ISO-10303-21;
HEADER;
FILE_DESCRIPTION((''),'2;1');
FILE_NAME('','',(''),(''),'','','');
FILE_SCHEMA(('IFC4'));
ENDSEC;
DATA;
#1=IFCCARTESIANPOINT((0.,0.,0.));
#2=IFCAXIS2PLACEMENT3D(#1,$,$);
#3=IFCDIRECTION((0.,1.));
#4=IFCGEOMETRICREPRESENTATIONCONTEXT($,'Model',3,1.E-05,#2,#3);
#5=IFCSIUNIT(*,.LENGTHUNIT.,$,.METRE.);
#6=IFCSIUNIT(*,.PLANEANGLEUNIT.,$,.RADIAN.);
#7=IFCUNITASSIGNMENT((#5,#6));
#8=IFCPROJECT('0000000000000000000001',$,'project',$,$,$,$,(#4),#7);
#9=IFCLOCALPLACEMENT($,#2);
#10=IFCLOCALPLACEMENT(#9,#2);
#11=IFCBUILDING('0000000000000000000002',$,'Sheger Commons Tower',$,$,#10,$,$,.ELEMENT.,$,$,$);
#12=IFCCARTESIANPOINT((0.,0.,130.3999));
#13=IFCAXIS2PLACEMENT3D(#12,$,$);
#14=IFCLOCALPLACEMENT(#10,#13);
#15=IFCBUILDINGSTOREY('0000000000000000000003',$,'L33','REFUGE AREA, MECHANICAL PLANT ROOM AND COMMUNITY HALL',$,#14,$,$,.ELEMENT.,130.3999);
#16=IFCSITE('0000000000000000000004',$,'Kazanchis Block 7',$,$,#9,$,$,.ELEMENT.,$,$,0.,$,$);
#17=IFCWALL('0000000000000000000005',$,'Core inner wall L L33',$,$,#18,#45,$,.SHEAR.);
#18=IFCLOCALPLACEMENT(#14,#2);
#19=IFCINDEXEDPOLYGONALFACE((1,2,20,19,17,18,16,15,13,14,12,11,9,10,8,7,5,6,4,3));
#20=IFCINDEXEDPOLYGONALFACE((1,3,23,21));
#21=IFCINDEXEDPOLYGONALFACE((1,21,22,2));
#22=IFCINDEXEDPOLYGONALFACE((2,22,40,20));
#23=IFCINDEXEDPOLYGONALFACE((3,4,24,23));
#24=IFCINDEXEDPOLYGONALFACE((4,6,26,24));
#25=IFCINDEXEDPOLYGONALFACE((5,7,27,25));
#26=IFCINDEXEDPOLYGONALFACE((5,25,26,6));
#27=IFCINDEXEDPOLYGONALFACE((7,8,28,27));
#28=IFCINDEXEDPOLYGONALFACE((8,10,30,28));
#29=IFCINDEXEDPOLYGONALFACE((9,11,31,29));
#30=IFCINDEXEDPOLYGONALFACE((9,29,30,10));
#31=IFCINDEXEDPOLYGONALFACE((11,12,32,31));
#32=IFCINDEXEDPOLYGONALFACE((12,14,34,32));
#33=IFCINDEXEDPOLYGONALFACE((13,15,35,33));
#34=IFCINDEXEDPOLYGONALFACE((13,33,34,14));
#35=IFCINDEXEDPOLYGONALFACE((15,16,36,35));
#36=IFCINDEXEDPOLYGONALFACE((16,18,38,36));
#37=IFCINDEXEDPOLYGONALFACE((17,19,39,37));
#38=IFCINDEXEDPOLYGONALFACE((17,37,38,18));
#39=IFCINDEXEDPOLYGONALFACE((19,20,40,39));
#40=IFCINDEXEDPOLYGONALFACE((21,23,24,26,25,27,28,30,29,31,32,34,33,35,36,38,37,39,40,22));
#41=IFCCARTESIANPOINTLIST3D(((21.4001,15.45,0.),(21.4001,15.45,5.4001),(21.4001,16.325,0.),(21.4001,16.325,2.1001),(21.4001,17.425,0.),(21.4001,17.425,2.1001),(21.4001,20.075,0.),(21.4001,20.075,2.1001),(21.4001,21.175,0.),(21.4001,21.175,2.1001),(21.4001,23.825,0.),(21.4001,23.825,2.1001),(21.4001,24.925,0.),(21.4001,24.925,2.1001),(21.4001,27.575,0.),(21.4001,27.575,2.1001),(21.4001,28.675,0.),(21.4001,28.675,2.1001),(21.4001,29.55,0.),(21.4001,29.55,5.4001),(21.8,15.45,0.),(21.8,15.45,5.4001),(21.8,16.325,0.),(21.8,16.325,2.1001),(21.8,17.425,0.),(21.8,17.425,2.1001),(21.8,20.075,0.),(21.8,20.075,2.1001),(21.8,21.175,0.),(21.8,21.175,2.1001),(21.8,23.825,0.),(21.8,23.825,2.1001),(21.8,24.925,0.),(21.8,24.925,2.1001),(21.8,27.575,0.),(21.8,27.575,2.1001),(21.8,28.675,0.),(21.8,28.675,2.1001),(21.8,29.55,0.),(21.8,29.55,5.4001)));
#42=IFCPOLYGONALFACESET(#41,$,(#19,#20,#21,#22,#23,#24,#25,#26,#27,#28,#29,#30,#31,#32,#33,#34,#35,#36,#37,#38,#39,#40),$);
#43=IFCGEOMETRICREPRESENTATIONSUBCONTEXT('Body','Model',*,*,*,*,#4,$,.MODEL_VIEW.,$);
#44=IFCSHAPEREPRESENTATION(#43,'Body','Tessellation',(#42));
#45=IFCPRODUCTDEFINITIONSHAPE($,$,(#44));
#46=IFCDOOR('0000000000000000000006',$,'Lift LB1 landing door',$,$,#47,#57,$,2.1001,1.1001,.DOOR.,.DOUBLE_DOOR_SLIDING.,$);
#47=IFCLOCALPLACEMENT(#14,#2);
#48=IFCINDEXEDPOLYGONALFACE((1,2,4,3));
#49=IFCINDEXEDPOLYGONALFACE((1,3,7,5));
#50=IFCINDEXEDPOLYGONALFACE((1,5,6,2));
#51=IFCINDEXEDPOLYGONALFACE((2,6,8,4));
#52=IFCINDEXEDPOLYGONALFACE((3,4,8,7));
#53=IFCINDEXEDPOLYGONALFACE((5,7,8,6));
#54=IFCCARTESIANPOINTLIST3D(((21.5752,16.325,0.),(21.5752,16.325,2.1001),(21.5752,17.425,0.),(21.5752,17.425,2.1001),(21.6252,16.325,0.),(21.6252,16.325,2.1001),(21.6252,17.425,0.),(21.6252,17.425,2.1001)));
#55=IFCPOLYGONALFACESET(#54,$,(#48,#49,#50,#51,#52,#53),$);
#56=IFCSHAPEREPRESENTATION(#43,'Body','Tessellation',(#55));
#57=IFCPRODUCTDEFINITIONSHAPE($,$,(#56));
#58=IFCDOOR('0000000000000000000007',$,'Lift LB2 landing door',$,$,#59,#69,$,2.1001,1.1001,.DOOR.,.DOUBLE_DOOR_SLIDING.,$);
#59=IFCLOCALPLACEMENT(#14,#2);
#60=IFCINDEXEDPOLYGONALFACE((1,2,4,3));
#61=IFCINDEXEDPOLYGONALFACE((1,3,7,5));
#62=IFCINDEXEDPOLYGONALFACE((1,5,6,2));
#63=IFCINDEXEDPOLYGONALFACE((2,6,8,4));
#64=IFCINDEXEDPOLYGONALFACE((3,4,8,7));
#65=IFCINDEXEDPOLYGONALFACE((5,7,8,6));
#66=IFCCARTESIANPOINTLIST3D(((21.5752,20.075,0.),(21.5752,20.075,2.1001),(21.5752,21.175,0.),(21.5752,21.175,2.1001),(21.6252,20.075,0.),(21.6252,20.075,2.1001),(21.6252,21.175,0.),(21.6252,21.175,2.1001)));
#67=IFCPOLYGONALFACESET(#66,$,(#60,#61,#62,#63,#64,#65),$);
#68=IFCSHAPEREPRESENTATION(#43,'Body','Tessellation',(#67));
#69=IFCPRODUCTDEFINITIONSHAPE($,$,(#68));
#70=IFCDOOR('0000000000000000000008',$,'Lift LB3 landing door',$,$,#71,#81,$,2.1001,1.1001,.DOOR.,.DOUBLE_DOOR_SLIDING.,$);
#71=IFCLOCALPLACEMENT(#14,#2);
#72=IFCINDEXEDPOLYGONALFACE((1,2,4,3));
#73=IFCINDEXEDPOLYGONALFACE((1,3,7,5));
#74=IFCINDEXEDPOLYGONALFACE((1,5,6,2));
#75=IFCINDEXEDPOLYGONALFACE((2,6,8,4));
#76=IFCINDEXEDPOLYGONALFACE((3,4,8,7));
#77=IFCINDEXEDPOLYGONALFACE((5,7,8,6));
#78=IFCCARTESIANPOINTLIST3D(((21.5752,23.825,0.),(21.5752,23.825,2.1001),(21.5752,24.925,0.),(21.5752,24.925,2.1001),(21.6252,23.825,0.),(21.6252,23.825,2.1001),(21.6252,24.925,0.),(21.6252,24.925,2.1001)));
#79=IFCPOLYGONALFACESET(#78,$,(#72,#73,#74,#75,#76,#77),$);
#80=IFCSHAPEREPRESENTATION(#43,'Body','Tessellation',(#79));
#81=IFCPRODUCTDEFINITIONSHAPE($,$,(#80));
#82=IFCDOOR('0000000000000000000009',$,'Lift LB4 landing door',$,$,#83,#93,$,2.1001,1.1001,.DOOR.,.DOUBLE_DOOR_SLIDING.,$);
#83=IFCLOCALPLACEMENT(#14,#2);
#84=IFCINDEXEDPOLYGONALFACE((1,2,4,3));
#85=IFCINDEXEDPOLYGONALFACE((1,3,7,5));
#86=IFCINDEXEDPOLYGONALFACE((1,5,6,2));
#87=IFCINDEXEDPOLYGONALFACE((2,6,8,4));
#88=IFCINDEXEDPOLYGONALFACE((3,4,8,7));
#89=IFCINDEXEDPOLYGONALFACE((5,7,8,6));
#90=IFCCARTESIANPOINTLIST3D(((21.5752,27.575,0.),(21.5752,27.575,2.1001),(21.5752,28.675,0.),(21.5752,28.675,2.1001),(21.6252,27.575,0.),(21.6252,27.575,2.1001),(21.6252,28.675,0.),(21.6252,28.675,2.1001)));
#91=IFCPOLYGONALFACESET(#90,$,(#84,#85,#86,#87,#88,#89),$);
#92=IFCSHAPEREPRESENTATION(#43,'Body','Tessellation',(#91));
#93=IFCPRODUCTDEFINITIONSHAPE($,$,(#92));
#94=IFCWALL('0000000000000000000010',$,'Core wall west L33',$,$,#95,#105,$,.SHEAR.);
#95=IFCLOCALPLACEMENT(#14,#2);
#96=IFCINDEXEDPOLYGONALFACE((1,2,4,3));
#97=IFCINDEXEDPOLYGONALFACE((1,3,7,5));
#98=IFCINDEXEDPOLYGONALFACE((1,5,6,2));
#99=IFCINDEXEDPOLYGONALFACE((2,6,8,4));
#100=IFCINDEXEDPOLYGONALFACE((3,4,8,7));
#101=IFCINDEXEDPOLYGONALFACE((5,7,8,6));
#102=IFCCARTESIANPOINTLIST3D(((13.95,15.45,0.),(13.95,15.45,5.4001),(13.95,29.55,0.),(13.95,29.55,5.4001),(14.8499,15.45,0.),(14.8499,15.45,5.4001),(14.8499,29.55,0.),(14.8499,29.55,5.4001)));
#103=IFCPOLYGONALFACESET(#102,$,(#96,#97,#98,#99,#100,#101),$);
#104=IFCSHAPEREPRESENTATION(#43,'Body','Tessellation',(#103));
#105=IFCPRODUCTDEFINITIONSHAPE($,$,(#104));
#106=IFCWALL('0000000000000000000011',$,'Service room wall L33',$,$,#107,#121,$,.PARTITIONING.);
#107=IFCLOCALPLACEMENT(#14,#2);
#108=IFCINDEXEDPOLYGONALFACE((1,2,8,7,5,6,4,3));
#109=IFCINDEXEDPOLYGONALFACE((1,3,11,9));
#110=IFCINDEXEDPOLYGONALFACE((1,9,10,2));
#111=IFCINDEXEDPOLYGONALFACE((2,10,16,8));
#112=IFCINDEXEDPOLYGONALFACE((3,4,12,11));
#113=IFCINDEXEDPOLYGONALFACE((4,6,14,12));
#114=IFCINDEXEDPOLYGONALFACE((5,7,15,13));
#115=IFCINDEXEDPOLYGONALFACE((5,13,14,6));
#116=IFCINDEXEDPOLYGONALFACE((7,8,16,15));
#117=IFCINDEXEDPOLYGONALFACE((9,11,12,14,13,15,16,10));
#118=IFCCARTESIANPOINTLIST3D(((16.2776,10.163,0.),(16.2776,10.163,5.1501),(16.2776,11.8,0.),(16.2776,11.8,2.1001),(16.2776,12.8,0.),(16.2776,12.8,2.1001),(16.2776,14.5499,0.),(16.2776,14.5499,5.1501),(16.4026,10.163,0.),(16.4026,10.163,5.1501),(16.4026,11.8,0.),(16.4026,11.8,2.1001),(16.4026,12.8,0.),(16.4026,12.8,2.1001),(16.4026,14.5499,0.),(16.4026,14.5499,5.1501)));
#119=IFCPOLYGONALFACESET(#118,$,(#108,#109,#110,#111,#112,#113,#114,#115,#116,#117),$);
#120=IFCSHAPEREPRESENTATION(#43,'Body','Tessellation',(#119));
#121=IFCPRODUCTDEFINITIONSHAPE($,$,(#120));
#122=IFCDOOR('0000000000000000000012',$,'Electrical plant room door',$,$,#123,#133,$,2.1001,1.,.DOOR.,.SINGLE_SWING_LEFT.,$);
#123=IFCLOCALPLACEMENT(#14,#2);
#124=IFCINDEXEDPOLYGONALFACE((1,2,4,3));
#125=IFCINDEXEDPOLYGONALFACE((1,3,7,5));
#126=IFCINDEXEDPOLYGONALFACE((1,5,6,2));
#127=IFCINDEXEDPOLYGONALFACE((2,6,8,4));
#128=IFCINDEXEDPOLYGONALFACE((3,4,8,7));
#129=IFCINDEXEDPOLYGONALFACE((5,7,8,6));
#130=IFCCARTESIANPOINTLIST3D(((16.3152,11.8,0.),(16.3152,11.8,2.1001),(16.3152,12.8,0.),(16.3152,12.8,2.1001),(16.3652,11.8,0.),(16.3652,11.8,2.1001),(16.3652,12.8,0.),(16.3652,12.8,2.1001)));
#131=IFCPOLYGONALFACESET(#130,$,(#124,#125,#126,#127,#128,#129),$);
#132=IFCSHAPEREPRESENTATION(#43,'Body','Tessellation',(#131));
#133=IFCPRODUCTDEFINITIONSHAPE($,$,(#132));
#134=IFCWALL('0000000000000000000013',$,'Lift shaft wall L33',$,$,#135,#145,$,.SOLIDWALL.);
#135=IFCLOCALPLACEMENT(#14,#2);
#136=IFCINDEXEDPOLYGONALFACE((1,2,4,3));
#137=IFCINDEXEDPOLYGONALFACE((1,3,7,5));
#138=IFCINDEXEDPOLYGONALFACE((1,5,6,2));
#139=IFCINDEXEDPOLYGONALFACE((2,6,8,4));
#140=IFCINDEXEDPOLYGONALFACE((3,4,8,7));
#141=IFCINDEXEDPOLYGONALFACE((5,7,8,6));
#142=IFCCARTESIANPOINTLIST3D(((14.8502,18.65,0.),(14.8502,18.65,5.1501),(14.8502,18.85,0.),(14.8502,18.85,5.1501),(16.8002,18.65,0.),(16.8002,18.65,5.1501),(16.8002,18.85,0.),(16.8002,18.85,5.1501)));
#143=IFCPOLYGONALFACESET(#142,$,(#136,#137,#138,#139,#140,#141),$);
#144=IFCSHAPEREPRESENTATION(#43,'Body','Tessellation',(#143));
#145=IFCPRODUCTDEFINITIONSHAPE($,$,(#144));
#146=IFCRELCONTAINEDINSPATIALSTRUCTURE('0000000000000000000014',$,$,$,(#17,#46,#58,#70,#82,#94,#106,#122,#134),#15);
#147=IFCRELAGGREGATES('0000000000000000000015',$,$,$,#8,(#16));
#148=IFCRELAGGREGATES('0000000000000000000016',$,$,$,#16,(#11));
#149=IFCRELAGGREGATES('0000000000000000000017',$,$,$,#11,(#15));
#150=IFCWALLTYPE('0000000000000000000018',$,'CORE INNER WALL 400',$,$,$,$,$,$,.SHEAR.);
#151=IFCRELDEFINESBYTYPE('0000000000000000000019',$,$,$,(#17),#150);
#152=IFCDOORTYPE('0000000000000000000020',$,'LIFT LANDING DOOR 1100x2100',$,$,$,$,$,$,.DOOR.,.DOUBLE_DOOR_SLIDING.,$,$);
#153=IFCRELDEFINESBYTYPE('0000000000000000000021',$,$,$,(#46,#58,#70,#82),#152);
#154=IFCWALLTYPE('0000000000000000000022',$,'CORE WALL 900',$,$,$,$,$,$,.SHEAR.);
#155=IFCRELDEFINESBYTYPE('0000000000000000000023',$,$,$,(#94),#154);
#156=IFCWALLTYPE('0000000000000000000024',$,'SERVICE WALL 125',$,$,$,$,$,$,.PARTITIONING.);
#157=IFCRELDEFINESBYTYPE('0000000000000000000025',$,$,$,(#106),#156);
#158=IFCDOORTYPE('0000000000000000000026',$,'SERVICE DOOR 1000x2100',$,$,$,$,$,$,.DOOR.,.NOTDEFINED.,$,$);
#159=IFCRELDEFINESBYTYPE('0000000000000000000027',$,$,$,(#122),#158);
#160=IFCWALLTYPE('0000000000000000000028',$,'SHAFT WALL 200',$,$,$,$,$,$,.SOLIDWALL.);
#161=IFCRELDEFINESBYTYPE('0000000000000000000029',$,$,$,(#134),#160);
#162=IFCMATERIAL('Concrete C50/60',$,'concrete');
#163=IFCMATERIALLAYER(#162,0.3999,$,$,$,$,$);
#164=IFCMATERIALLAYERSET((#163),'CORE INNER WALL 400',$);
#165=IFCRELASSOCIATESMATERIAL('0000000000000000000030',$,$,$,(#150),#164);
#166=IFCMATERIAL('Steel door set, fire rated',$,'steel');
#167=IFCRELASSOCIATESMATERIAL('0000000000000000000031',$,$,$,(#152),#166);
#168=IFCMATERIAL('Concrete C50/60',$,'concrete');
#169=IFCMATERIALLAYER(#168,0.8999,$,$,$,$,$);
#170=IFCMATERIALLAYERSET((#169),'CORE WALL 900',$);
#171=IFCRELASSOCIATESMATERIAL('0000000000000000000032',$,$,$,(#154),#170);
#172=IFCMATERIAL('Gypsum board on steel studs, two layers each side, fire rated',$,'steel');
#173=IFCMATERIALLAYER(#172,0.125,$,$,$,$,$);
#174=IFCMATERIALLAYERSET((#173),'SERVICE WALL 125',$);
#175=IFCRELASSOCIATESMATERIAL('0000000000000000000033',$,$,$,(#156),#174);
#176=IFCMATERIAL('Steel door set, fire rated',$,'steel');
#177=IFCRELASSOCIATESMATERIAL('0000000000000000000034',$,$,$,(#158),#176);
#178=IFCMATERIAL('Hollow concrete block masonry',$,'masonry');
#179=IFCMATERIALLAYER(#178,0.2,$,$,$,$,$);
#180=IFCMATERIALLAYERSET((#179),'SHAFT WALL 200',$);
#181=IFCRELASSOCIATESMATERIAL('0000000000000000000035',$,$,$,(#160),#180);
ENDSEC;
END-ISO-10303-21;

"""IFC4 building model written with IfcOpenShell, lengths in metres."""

from ifc_helpers import new_model, si_unit, direction, frame, frame_2d, origin, place, context, subcontext, project, spatial, rectangle, extrude, material, layer, layer_set, type_object, element, fill, save


model = new_model("IFC4")

# Units and contexts
model_context = context("Model", 3, precision=1e-05, world=origin(), true_north=direction((0.0, 1.0)))
body_context = subcontext(model_context, "Body", "Model", "MODEL_VIEW")
ifc_project = project(units=[si_unit("LENGTHUNIT", "METRE"), si_unit("PLANEANGLEUNIT", "RADIAN")], contexts=[model_context])

# Site, building, storey
site_placement = place(None, origin())
site = spatial("IfcSite", under=ifc_project, at=site_placement, Name="Kazanchis Block 7", CompositionType="ELEMENT", RefElevation=0.0)
building_placement = place(site_placement, origin())
building = spatial("IfcBuilding", under=site, at=building_placement, Name="Sheger Commons Tower", CompositionType="ELEMENT")
storey_placement = place(building_placement, frame((0.0, 0.0, 130.3999)))
storey = spatial("IfcBuildingStorey", under=building, at=storey_placement, Name="L33", Description="REFUGE AREA, MECHANICAL PLANT ROOM AND COMMUNITY HALL", CompositionType="ELEMENT", Elevation=130.3999)

# Wall, openings, doors
ifc_material_1 = material(Name="Concrete C50/60", Category="concrete")
ifc_layer_1 = layer(ifc_material_1, 0.3999)
ifc_layer_set_1 = layer_set([ifc_layer_1], Name="CORE INNER WALL 400")
wall_type_1 = type_object("IfcWallType", Name="CORE INNER WALL 400", PredefinedType="SHEAR", material=ifc_layer_set_1)
ifc_material_2 = material(Name="Steel door set, fire rated", Category="steel")
door_type_1 = type_object("IfcDoorType", Name="LIFT LANDING DOOR 1100x2100", OperationType="DOUBLE_DOOR_SLIDING", PredefinedType="DOOR", material=ifc_material_2)
wall_1_placement = place(storey_placement, frame((21.6001, 15.45, 0.0), z_axis=(0.0, 0.0, 1.0), x_axis=(0.0, 1.0, 0.0)))
wall_1 = element("IfcWall", 1, at=wall_1_placement, inside=storey, type_object=wall_type_1, Name="Core inner wall L L33", PredefinedType="SHEAR", context=body_context, shape_type="SweptSolid", body=[
    extrude(rectangle(XDim=14.1001, YDim=0.3999, at=frame_2d((7.05, 0.0))), origin(), (0.0, 0.0, 1.0), 5.4001),
])
opening_1_placement = place(wall_1_placement, frame((0.875, 0.0, 0.0)))
opening_1 = element("IfcOpeningElement", 2, at=opening_1_placement, cuts=wall_1, PredefinedType="OPENING", context=body_context, shape_type="SweptSolid", body=[
    extrude(rectangle(XDim=1.1001, YDim=2.1001, at=frame_2d((0.55, 1.05))), frame((0.0, 0.21, 0.0), z_axis=(0.0, -1.0, 0.0), x_axis=(1.0, 0.0, 0.0)), (0.0, 0.0, 1.0), 0.4199),
])
opening_2_placement = place(wall_1_placement, frame((4.625, 0.0, 0.0)))
opening_2 = element("IfcOpeningElement", 3, at=opening_2_placement, cuts=wall_1, PredefinedType="OPENING", context=body_context, shape_type="SweptSolid", body=[
    extrude(rectangle(XDim=1.1001, YDim=2.1001, at=frame_2d((0.55, 1.05))), frame((0.0, 0.21, 0.0), z_axis=(0.0, -1.0, 0.0), x_axis=(1.0, 0.0, 0.0)), (0.0, 0.0, 1.0), 0.4199),
])
opening_3_placement = place(wall_1_placement, frame((8.375, 0.0, 0.0)))
opening_3 = element("IfcOpeningElement", 4, at=opening_3_placement, cuts=wall_1, PredefinedType="OPENING", context=body_context, shape_type="SweptSolid", body=[
    extrude(rectangle(XDim=1.1001, YDim=2.1001, at=frame_2d((0.55, 1.05))), frame((0.0, 0.21, 0.0), z_axis=(0.0, -1.0, 0.0), x_axis=(1.0, 0.0, 0.0)), (0.0, 0.0, 1.0), 0.4199),
])
opening_4_placement = place(wall_1_placement, frame((12.125, 0.0, 0.0)))
opening_4 = element("IfcOpeningElement", 5, at=opening_4_placement, cuts=wall_1, PredefinedType="OPENING", context=body_context, shape_type="SweptSolid", body=[
    extrude(rectangle(XDim=1.1001, YDim=2.1001, at=frame_2d((0.55, 1.05))), frame((0.0, 0.21, 0.0), z_axis=(0.0, -1.0, 0.0), x_axis=(1.0, 0.0, 0.0)), (0.0, 0.0, 1.0), 0.4199),
])
door_1_placement = place(opening_1_placement, origin())
door_1 = element("IfcDoor", 6, at=door_1_placement, inside=storey, type_object=door_type_1, Name="Lift LB1 landing door", OperationType="DOUBLE_DOOR_SLIDING", OverallHeight=2.1001, OverallWidth=1.1001, PredefinedType="DOOR", context=body_context, shape_type="SweptSolid", body=[
    extrude(rectangle(XDim=1.1001, YDim=2.1001, at=frame_2d((0.55, 1.05))), frame((0.0, 0.0249, 0.0), z_axis=(0.0, -1.0, 0.0), x_axis=(1.0, 0.0, 0.0)), (0.0, 0.0, 1.0), 0.05),
])
fill(opening_1, door_1)
door_2_placement = place(opening_2_placement, origin())
door_2 = element("IfcDoor", 7, at=door_2_placement, inside=storey, type_object=door_type_1, Name="Lift LB2 landing door", OperationType="DOUBLE_DOOR_SLIDING", OverallHeight=2.1001, OverallWidth=1.1001, PredefinedType="DOOR", context=body_context, shape_type="SweptSolid", body=[
    extrude(rectangle(XDim=1.1001, YDim=2.1001, at=frame_2d((0.55, 1.05))), frame((0.0, 0.0249, 0.0), z_axis=(0.0, -1.0, 0.0), x_axis=(1.0, 0.0, 0.0)), (0.0, 0.0, 1.0), 0.05),
])
fill(opening_2, door_2)
door_3_placement = place(opening_3_placement, origin())
door_3 = element("IfcDoor", 8, at=door_3_placement, inside=storey, type_object=door_type_1, Name="Lift LB3 landing door", OperationType="DOUBLE_DOOR_SLIDING", OverallHeight=2.1001, OverallWidth=1.1001, PredefinedType="DOOR", context=body_context, shape_type="SweptSolid", body=[
    extrude(rectangle(XDim=1.1001, YDim=2.1001, at=frame_2d((0.55, 1.05))), frame((0.0, 0.0249, 0.0), z_axis=(0.0, -1.0, 0.0), x_axis=(1.0, 0.0, 0.0)), (0.0, 0.0, 1.0), 0.05),
])
fill(opening_3, door_3)
door_4_placement = place(opening_4_placement, origin())
door_4 = element("IfcDoor", 9, at=door_4_placement, inside=storey, type_object=door_type_1, Name="Lift LB4 landing door", OperationType="DOUBLE_DOOR_SLIDING", OverallHeight=2.1001, OverallWidth=1.1001, PredefinedType="DOOR", context=body_context, shape_type="SweptSolid", body=[
    extrude(rectangle(XDim=1.1001, YDim=2.1001, at=frame_2d((0.55, 1.05))), frame((0.0, 0.0249, 0.0), z_axis=(0.0, -1.0, 0.0), x_axis=(1.0, 0.0, 0.0)), (0.0, 0.0, 1.0), 0.05),
])
fill(opening_4, door_4)

# Wall
ifc_material_3 = material(Name="Concrete C50/60", Category="concrete")
ifc_layer_2 = layer(ifc_material_3, 0.8999)
ifc_layer_set_2 = layer_set([ifc_layer_2], Name="CORE WALL 900")
wall_type_2 = type_object("IfcWallType", Name="CORE WALL 900", PredefinedType="SHEAR", material=ifc_layer_set_2)
wall_2_placement = place(storey_placement, frame((14.3999, 15.45, 0.0), z_axis=(0.0, 0.0, 1.0), x_axis=(0.0, 1.0, 0.0)))
element("IfcWall", 10, at=wall_2_placement, inside=storey, type_object=wall_type_2, Name="Core wall west L33", PredefinedType="SHEAR", context=body_context, shape_type="SweptSolid", body=[
    extrude(rectangle(XDim=14.1001, YDim=0.8999, at=frame_2d((7.05, 0.0))), origin(), (0.0, 0.0, 1.0), 5.4001),
])

# Wall, opening, door
ifc_material_4 = material(Name="Gypsum board on steel studs, two layers each side, fire rated", Category="steel")
ifc_layer_3 = layer(ifc_material_4, 0.125)
ifc_layer_set_3 = layer_set([ifc_layer_3], Name="SERVICE WALL 125")
wall_type_3 = type_object("IfcWallType", Name="SERVICE WALL 125", PredefinedType="PARTITIONING", material=ifc_layer_set_3)
wall_3_placement = place(storey_placement, frame((16.3401, 10.1631, 0.0), z_axis=(0.0, 0.0, 1.0), x_axis=(0.0, 1.0, 0.0)))
wall_3 = element("IfcWall", 11, at=wall_3_placement, inside=storey, type_object=wall_type_3, Name="Service room wall L33", PredefinedType="PARTITIONING", context=body_context, shape_type="SweptSolid", body=[
    extrude(rectangle(XDim=4.387, YDim=0.125, at=frame_2d((2.1934, 0.0))), origin(), (0.0, 0.0, 1.0), 5.1501),
])
opening_5_placement = place(wall_3_placement, frame((1.637, 0.0, 0.0)))
opening_5 = element("IfcOpeningElement", 12, at=opening_5_placement, cuts=wall_3, PredefinedType="OPENING", context=body_context, shape_type="SweptSolid", body=[
    extrude(rectangle(XDim=1.0, YDim=2.1001, at=frame_2d((0.5, 1.05))), frame((0.0, 0.0725, 0.0), z_axis=(0.0, -1.0, 0.0), x_axis=(1.0, 0.0, 0.0)), (0.0, 0.0, 1.0), 0.145),
])
ifc_material_5 = material(Name="Steel door set, fire rated", Category="steel")
door_type_2 = type_object("IfcDoorType", Name="SERVICE DOOR 1000x2100", OperationType="NOTDEFINED", PredefinedType="DOOR", material=ifc_material_5)
door_5_placement = place(opening_5_placement, origin())
door_5 = element("IfcDoor", 13, at=door_5_placement, inside=storey, type_object=door_type_2, Name="Electrical plant room door", OperationType="SINGLE_SWING_LEFT", OverallHeight=2.1001, OverallWidth=1.0, PredefinedType="DOOR", context=body_context, shape_type="SweptSolid", body=[
    extrude(rectangle(XDim=1.0, YDim=2.1001, at=frame_2d((0.5, 1.05))), frame((0.0, 0.0249, 0.0), z_axis=(0.0, -1.0, 0.0), x_axis=(1.0, 0.0, 0.0)), (0.0, 0.0, 1.0), 0.05),
])
fill(opening_5, door_5)

# Wall
ifc_material_6 = material(Name="Hollow concrete block masonry", Category="masonry")
ifc_layer_4 = layer(ifc_material_6, 0.2)
ifc_layer_set_4 = layer_set([ifc_layer_4], Name="SHAFT WALL 200")
wall_type_4 = type_object("IfcWallType", Name="SHAFT WALL 200", PredefinedType="SOLIDWALL", material=ifc_layer_set_4)
wall_4_placement = place(storey_placement, frame((14.8501, 18.75, 0.0), z_axis=(0.0, 0.0, 1.0), x_axis=(1.0, 0.0, 0.0)))
element("IfcWall", 14, at=wall_4_placement, inside=storey, type_object=wall_type_4, Name="Lift shaft wall L33", PredefinedType="SOLIDWALL", context=body_context, shape_type="SweptSolid", body=[
    extrude(rectangle(XDim=1.95, YDim=0.2, at=frame_2d((0.9751, 0.0))), origin(), (0.0, 0.0, 1.0), 5.1501),
])

save(model, "model.ifc")
